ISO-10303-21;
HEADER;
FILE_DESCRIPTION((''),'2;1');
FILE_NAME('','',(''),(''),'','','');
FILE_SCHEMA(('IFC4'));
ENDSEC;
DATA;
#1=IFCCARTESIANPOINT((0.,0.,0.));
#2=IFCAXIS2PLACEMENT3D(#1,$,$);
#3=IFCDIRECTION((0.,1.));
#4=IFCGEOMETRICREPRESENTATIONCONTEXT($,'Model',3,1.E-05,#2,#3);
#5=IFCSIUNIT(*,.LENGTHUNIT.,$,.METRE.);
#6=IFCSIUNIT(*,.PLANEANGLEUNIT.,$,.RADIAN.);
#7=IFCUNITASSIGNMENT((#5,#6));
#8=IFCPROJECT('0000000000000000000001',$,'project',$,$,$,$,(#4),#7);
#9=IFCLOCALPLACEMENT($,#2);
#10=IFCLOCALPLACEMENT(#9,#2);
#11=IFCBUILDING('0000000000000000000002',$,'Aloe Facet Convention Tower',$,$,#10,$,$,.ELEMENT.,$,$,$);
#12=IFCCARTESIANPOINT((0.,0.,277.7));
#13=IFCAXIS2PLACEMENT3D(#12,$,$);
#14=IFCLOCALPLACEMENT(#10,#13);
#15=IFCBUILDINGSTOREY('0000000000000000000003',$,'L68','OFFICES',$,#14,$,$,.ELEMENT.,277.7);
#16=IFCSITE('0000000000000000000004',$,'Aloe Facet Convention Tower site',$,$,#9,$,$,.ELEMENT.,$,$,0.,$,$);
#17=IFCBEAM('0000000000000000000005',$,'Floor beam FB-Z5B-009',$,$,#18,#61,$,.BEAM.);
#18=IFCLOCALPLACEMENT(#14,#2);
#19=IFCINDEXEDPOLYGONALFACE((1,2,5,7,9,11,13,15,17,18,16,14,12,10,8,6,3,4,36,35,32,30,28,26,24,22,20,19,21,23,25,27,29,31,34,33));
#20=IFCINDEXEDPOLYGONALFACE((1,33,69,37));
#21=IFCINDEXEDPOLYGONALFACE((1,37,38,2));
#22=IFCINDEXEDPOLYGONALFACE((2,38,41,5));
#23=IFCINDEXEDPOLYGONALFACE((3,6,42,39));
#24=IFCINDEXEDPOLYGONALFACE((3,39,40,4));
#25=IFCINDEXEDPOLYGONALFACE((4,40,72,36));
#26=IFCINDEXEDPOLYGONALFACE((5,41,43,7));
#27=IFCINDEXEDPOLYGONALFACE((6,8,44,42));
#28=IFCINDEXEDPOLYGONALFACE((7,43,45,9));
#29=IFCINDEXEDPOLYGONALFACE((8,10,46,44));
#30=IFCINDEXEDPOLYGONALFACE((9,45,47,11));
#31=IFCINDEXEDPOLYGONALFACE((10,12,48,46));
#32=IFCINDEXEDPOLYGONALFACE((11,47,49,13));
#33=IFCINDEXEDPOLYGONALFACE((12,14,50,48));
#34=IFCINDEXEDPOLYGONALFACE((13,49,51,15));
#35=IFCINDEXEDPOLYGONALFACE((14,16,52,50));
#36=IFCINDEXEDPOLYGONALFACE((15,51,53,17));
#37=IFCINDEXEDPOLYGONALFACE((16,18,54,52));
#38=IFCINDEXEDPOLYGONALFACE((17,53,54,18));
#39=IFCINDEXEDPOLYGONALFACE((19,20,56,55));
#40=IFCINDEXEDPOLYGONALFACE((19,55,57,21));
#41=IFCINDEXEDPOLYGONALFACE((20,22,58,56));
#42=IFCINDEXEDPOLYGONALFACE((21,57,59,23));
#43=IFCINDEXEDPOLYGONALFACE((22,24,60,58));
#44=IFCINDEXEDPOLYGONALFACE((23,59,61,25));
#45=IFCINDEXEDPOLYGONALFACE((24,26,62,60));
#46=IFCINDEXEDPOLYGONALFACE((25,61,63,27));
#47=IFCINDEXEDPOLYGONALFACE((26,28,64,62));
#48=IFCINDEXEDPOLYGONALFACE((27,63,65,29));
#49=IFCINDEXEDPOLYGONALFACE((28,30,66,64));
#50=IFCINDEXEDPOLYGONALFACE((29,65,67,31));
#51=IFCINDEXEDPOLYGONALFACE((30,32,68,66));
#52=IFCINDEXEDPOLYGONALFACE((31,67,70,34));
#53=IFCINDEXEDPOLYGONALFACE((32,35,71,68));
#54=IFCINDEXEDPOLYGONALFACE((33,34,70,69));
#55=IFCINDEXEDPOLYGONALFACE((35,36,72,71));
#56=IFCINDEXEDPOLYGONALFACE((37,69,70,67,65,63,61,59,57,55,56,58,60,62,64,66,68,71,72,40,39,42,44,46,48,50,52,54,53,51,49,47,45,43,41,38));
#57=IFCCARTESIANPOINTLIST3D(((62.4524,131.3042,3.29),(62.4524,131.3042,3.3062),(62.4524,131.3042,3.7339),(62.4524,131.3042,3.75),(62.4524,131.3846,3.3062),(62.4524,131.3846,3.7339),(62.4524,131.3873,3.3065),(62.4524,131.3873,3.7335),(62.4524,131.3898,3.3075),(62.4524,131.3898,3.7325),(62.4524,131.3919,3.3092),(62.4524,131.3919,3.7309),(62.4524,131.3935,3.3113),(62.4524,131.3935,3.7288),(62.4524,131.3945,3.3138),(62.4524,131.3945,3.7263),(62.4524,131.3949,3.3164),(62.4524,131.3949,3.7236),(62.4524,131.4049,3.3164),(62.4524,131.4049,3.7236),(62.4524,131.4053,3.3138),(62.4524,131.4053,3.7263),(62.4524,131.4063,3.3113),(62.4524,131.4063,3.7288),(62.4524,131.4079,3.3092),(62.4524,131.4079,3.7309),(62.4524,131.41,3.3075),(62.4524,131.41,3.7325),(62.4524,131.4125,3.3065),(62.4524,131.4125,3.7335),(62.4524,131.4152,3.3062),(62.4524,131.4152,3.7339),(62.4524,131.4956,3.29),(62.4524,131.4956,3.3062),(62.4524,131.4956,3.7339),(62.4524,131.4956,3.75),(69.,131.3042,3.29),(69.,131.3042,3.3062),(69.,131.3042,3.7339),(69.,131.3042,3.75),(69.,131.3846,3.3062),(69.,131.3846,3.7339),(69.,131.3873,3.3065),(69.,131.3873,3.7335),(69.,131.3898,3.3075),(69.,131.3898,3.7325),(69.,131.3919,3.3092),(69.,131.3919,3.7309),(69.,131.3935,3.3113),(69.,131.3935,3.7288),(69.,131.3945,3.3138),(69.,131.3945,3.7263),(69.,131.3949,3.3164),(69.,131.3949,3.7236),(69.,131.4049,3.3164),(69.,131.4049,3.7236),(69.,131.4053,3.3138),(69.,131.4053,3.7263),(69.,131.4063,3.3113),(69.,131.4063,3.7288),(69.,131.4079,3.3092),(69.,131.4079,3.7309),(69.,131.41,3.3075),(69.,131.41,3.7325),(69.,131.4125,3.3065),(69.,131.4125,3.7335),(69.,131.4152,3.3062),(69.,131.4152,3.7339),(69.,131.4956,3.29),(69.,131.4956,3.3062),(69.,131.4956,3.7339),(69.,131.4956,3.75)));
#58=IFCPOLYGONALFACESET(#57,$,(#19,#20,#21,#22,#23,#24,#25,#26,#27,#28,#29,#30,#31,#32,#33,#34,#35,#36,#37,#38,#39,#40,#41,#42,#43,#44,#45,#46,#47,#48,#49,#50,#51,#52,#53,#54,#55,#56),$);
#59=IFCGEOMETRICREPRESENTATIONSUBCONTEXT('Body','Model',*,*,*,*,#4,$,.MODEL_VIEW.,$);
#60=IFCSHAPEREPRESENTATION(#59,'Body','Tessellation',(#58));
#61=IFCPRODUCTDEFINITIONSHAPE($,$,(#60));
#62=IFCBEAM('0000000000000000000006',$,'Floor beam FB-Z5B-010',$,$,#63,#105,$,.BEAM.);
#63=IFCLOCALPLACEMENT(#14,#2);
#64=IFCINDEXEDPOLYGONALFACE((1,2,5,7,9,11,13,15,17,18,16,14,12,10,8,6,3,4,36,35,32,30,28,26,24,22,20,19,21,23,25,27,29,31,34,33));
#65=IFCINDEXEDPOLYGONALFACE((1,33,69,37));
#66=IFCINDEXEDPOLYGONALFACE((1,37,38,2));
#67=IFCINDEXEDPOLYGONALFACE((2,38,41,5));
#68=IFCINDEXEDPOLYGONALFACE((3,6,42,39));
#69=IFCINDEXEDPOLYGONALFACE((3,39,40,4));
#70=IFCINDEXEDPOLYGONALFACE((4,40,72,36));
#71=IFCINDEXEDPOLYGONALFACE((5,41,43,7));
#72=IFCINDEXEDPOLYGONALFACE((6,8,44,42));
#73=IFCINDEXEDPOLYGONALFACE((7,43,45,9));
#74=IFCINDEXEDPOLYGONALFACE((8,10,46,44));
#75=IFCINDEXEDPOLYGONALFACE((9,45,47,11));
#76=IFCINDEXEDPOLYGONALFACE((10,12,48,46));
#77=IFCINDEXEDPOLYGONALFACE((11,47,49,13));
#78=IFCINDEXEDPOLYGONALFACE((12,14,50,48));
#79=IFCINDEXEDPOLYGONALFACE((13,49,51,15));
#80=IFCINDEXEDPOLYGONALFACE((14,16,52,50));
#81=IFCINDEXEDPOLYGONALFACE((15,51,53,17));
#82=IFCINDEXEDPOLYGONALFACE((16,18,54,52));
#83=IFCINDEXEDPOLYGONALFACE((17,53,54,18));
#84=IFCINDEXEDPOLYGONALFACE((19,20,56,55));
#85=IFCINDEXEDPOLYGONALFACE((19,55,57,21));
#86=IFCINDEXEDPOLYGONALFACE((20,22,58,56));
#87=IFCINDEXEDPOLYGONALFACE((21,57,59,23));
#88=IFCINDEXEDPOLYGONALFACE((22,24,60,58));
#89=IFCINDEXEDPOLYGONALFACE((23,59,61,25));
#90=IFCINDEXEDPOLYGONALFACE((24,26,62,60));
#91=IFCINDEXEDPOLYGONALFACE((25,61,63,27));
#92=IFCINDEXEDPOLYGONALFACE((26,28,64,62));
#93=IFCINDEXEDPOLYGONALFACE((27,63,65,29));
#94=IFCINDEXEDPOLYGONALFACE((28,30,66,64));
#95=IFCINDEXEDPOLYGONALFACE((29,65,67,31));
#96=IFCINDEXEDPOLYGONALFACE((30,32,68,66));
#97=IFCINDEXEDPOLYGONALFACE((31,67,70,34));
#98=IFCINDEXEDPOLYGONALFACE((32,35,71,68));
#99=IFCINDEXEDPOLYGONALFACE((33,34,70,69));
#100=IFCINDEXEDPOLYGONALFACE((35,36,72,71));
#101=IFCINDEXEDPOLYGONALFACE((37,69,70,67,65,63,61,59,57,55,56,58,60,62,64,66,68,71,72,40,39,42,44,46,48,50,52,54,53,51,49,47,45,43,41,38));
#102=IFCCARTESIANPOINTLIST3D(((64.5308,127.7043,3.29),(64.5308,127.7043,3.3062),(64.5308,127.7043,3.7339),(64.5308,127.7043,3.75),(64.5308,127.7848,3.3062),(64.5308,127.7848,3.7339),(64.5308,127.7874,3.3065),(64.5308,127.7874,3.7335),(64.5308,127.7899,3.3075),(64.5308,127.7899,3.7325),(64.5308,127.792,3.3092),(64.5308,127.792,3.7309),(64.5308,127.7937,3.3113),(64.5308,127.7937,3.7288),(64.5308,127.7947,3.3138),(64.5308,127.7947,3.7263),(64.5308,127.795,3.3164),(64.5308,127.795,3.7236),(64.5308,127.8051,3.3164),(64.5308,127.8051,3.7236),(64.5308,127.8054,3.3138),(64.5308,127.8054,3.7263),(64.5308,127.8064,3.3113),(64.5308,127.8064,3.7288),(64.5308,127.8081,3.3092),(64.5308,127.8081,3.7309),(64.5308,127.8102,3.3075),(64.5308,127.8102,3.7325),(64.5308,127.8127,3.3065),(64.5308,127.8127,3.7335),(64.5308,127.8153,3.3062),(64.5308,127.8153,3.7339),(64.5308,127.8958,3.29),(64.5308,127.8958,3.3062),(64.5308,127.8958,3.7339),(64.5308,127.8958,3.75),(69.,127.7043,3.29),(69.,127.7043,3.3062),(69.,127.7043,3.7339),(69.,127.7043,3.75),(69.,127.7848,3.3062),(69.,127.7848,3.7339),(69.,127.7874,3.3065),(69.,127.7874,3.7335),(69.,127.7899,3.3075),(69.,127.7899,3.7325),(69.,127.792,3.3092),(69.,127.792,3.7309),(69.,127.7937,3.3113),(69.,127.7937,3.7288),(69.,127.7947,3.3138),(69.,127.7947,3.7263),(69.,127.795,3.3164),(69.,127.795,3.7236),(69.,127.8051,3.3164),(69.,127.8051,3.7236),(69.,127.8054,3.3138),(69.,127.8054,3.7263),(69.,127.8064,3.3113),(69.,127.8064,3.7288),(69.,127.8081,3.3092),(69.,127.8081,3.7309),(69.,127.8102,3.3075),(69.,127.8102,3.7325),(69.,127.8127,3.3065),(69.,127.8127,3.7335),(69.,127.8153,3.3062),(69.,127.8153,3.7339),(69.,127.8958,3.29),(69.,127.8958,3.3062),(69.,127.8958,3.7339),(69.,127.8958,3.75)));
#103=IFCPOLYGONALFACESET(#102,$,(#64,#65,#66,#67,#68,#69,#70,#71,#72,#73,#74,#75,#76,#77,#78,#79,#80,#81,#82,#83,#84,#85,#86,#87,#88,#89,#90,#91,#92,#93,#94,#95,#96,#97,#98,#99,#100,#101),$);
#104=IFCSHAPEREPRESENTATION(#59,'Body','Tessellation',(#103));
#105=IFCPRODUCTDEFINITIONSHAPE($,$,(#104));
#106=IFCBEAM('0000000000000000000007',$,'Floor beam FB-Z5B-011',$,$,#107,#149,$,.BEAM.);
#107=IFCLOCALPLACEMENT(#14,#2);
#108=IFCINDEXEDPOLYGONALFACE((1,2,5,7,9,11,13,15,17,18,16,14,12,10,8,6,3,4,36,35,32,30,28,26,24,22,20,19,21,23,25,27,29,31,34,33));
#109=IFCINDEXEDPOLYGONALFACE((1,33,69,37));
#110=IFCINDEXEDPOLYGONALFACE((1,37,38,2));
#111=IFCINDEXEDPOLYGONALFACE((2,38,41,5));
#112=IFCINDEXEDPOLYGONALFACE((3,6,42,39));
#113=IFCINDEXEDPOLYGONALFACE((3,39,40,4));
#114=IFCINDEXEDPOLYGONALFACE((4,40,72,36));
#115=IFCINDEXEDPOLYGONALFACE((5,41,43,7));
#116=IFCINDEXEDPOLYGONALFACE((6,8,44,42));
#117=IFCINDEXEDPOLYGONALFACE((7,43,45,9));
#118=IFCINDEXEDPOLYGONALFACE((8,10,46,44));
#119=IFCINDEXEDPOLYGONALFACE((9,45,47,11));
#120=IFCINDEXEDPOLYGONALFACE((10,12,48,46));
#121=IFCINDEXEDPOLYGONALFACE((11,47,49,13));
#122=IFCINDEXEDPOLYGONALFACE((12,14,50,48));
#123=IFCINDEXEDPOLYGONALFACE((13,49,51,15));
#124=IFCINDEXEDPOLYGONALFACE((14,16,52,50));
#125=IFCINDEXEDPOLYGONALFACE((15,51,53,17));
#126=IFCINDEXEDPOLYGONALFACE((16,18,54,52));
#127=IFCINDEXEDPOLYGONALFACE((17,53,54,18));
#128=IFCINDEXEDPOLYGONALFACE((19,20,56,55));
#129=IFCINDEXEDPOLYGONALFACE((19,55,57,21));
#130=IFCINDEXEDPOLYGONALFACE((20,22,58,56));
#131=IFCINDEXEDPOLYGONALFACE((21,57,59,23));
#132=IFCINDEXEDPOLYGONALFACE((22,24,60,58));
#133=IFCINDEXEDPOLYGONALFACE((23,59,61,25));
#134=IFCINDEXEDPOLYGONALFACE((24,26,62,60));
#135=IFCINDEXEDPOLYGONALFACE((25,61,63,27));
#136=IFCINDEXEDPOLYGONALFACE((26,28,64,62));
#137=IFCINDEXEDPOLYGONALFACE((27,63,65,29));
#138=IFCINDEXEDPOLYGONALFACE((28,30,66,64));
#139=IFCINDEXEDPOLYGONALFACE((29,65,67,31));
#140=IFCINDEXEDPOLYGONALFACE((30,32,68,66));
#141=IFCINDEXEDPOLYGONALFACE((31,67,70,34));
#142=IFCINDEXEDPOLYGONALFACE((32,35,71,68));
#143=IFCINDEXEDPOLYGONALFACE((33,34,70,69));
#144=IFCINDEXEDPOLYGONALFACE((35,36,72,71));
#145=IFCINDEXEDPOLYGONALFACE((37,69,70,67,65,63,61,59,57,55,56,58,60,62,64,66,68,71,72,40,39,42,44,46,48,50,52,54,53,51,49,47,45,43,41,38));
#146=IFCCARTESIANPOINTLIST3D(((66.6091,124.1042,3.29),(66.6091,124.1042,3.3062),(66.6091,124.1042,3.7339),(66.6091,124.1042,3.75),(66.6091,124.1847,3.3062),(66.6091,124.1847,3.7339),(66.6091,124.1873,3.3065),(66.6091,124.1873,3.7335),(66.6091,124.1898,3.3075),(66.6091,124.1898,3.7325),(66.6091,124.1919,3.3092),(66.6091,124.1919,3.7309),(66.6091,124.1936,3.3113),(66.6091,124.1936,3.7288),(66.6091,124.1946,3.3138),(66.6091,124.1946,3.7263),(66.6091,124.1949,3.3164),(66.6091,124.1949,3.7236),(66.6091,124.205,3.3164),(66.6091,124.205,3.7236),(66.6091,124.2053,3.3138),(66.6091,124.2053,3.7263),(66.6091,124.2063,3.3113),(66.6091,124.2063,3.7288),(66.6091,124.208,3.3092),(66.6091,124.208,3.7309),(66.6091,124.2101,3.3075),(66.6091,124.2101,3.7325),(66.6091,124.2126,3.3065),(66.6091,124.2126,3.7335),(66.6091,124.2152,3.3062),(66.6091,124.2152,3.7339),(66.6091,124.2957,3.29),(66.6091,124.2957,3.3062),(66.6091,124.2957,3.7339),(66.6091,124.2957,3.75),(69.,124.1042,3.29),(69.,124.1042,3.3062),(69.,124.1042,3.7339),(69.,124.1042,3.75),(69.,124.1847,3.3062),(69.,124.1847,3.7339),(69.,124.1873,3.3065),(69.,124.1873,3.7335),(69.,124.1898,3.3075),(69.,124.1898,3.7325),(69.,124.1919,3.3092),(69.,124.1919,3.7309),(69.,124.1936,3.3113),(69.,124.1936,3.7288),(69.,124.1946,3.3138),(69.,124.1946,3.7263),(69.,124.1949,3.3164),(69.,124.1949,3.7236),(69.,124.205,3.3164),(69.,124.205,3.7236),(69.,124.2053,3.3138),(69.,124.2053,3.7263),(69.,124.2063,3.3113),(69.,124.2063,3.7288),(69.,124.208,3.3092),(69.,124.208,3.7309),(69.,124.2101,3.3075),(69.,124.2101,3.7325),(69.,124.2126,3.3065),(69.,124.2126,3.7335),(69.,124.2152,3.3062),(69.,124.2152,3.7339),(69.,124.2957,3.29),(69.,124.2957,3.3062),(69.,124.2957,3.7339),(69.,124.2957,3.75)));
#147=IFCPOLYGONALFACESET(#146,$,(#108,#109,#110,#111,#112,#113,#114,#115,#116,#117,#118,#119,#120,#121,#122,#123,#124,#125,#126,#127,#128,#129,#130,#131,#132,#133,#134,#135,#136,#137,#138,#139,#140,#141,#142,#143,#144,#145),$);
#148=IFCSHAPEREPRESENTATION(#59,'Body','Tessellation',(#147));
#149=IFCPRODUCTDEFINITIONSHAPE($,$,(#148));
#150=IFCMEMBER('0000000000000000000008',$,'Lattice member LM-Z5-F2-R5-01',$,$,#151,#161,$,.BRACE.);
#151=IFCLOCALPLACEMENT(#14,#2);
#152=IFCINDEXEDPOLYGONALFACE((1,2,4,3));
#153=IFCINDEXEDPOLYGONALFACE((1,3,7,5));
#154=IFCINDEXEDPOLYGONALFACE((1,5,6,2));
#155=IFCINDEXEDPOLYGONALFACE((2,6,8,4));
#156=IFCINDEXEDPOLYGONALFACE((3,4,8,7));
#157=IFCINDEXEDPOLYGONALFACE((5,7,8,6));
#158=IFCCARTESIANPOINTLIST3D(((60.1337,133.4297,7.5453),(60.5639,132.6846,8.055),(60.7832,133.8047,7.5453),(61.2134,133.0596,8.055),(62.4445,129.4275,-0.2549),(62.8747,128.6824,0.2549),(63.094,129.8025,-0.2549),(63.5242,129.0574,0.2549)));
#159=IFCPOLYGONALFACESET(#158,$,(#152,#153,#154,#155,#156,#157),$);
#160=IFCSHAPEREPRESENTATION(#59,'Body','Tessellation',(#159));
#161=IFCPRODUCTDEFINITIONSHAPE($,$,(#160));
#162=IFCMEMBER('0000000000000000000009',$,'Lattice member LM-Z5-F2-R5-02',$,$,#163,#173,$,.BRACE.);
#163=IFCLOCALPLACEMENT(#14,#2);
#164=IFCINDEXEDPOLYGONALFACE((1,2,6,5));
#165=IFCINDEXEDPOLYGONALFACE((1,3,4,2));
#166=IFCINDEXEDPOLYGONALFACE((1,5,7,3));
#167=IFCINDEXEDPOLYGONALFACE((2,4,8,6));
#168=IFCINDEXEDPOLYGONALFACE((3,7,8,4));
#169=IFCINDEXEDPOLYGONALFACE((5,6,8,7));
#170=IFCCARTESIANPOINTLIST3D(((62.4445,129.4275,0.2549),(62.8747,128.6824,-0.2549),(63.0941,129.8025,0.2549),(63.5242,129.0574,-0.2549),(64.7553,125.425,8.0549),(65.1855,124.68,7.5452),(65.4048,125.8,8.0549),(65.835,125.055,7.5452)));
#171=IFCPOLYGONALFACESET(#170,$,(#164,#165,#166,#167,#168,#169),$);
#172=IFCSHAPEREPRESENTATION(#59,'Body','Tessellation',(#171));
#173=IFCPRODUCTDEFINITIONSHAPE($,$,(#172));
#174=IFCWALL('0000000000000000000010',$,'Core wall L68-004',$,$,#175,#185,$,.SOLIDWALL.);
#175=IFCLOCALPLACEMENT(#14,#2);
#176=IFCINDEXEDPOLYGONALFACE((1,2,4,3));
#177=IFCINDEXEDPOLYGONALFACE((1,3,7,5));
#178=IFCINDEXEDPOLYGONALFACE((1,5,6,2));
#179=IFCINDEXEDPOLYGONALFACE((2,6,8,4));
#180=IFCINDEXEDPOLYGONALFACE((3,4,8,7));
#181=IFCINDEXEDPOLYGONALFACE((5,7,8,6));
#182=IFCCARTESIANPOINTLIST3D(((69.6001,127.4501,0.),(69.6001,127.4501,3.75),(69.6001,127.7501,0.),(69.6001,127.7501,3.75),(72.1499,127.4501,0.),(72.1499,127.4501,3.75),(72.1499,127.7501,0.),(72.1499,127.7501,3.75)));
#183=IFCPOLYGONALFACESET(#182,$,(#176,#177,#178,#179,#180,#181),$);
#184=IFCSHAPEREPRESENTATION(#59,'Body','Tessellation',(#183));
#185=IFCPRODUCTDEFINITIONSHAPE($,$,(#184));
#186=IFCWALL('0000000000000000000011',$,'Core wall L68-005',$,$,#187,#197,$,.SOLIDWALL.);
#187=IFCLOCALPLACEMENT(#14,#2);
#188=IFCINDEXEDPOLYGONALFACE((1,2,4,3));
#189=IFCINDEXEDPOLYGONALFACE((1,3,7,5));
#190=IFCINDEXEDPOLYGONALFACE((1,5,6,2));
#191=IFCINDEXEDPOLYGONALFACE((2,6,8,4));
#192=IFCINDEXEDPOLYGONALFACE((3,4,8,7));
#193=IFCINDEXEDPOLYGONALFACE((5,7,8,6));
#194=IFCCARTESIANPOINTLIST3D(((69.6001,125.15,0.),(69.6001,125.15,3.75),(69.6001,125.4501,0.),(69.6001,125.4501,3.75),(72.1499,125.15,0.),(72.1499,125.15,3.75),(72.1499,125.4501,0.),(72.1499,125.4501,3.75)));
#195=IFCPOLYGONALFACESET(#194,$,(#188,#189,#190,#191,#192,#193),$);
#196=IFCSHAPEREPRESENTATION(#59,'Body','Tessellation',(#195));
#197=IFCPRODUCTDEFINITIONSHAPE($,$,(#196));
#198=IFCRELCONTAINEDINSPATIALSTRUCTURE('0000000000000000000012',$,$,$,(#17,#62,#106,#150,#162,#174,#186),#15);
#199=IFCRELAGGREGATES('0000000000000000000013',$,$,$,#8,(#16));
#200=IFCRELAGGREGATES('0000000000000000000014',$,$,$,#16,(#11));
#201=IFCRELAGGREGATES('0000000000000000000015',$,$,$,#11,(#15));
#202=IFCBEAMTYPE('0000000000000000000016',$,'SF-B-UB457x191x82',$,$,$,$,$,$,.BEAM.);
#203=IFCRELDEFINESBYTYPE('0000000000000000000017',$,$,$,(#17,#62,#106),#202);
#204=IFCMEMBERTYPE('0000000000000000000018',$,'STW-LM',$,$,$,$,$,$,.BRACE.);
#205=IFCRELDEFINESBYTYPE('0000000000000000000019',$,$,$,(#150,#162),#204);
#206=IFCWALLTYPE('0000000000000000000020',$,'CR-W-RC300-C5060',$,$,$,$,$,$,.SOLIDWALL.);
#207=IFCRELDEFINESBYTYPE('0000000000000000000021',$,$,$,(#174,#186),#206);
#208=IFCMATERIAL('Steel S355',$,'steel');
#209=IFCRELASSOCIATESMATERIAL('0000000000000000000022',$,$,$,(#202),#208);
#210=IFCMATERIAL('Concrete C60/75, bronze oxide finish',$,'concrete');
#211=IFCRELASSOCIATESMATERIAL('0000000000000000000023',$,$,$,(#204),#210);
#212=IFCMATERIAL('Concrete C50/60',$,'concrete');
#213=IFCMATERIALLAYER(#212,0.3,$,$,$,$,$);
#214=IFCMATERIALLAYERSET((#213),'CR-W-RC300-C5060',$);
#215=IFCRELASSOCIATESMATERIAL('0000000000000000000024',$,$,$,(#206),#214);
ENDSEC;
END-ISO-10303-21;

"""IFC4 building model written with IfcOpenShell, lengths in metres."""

from ifc_helpers import new_model, si_unit, direction, frame, frame_2d, origin, origin_2d, place, context, subcontext, project, spatial, rectangle, i_section, extrude, material, layer, layer_set, material_profile, profile_set, type_object, element, save


model = new_model("IFC4")

# Units and contexts
model_context = context("Model", 3, precision=1e-05, world=origin(), true_north=direction((0.0, 1.0)))
body_context = subcontext(model_context, "Body", "Model", "MODEL_VIEW")
ifc_project = project(units=[si_unit("LENGTHUNIT", "METRE"), si_unit("PLANEANGLEUNIT", "RADIAN")], contexts=[model_context])

# Site, building, storey
site_placement = place(None, origin())
site = spatial("IfcSite", under=ifc_project, at=site_placement, Name="Aloe Facet Convention Tower site", CompositionType="ELEMENT", RefElevation=0.0)
building_placement = place(site_placement, origin())
building = spatial("IfcBuilding", under=site, at=building_placement, Name="Aloe Facet Convention Tower", CompositionType="ELEMENT")
storey_placement = place(building_placement, frame((0.0, 0.0, 277.7)))
storey = spatial("IfcBuildingStorey", under=building, at=storey_placement, Name="L68", Description="OFFICES", CompositionType="ELEMENT", Elevation=277.7)

# Beams
ifc_material_1 = material(Name="Steel S355", Category="steel")
ifc_material_profile_1 = material_profile(ifc_material_1, i_section(OverallWidth=0.1914, OverallDepth=0.46, WebThickness=0.01, FlangeThickness=0.0161, FilletRadius=0.0103, at=origin_2d()), Name="UB 457x191x82")
ifc_profile_set_1 = profile_set([ifc_material_profile_1], Name="Steel S355")
beam_type = type_object("IfcBeamType", Name="SF-B-UB457x191x82", PredefinedType="BEAM", material=ifc_profile_set_1)
beam_1_placement = place(storey_placement, frame((62.4524, 131.3999, 3.52), z_axis=(1.0, 0.0, 0.0), x_axis=(0.0, 1.0, 0.0)))
element("IfcBeam", 1, at=beam_1_placement, inside=storey, type_object=beam_type, Name="Floor beam FB-Z5B-009", PredefinedType="BEAM", context=body_context, shape_type="SweptSolid", body=[
    extrude(i_section(OverallWidth=0.1914, OverallDepth=0.46, WebThickness=0.01, FlangeThickness=0.0161, FilletRadius=0.0103, at=origin_2d()), origin(), (0.0, 0.0, 1.0), 6.5476),
])
beam_2_placement = place(storey_placement, frame((64.5308, 127.8, 3.52), z_axis=(1.0, 0.0, 0.0), x_axis=(0.0, 1.0, 0.0)))
element("IfcBeam", 2, at=beam_2_placement, inside=storey, type_object=beam_type, Name="Floor beam FB-Z5B-010", PredefinedType="BEAM", context=body_context, shape_type="SweptSolid", body=[
    extrude(i_section(OverallWidth=0.1914, OverallDepth=0.46, WebThickness=0.01, FlangeThickness=0.0161, FilletRadius=0.0103, at=origin_2d()), origin(), (0.0, 0.0, 1.0), 4.4692),
])
beam_3_placement = place(storey_placement, frame((66.6091, 124.2, 3.52), z_axis=(1.0, 0.0, 0.0), x_axis=(0.0, 1.0, 0.0)))
element("IfcBeam", 3, at=beam_3_placement, inside=storey, type_object=beam_type, Name="Floor beam FB-Z5B-011", PredefinedType="BEAM", context=body_context, shape_type="SweptSolid", body=[
    extrude(i_section(OverallWidth=0.1914, OverallDepth=0.46, WebThickness=0.01, FlangeThickness=0.0161, FilletRadius=0.0103, at=origin_2d()), origin(), (0.0, 0.0, 1.0), 2.3909),
])

# Members
ifc_material_2 = material(Name="Concrete C60/75, bronze oxide finish", Category="concrete")
ifc_material_profile_2 = material_profile(ifc_material_2, rectangle(XDim=0.75, YDim=1.0, at=origin_2d()), Name="STW-LM")
ifc_profile_set_2 = profile_set([ifc_material_profile_2], Name="Concrete C60/75, bronze oxide finish")
member_type = type_object("IfcMemberType", Name="STW-LM", PredefinedType="BRACE", material=ifc_profile_set_2)
for number, where, z_axis, x_axis, name in (
    (4, (62.9844, 129.2424, 0.0), (-0.254876, 0.441436, 0.860333), (-0.866014, -0.50002, 0.0), "Lattice member LM-Z5-F2-R5-01"),
    (5, (62.9844, 129.2424, 0.0), (0.254873, -0.441458, 0.860322), (0.866027, 0.499997, 0.0), "Lattice member LM-Z5-F2-R5-02"),
):
    element("IfcMember", number, at=place(storey_placement, frame(where, z_axis=z_axis, x_axis=x_axis)), inside=storey, type_object=member_type, Name=name, PredefinedType="BRACE", context=body_context, shape_type="SweptSolid", body=[
        extrude(rectangle(XDim=0.75, YDim=1.0, at=origin_2d()), origin(), (0.0, 0.0, 1.0), 9.0664),
    ])

# Walls
ifc_material_3 = material(Name="Concrete C50/60", Category="concrete")
ifc_layer_1 = layer(ifc_material_3, 0.3)
ifc_layer_set_1 = layer_set([ifc_layer_1], Name="CR-W-RC300-C5060")
wall_type_1 = type_object("IfcWallType", Name="CR-W-RC300-C5060", PredefinedType="SOLIDWALL", material=ifc_layer_set_1)
for number, where, z_axis, x_axis, name in (
    (6, (69.6001, 127.6001, 0.0), (0.0, 0.0, 1.0), (1.0, 0.0, 0.0), "Core wall L68-004"),
    (7, (69.6001, 125.3, 0.0), (0.0, 0.0, 1.0), (1.0, 0.0, 0.0), "Core wall L68-005"),
):
    element("IfcWall", number, at=place(storey_placement, frame(where, z_axis=z_axis, x_axis=x_axis)), inside=storey, type_object=wall_type_1, Name=name, PredefinedType="SOLIDWALL", context=body_context, shape_type="SweptSolid", body=[
        extrude(rectangle(XDim=2.5498, YDim=0.3, at=frame_2d((1.2749, 0.0))), origin(), (0.0, 0.0, 1.0), 3.75),
    ])

save(model, "model.ifc")
